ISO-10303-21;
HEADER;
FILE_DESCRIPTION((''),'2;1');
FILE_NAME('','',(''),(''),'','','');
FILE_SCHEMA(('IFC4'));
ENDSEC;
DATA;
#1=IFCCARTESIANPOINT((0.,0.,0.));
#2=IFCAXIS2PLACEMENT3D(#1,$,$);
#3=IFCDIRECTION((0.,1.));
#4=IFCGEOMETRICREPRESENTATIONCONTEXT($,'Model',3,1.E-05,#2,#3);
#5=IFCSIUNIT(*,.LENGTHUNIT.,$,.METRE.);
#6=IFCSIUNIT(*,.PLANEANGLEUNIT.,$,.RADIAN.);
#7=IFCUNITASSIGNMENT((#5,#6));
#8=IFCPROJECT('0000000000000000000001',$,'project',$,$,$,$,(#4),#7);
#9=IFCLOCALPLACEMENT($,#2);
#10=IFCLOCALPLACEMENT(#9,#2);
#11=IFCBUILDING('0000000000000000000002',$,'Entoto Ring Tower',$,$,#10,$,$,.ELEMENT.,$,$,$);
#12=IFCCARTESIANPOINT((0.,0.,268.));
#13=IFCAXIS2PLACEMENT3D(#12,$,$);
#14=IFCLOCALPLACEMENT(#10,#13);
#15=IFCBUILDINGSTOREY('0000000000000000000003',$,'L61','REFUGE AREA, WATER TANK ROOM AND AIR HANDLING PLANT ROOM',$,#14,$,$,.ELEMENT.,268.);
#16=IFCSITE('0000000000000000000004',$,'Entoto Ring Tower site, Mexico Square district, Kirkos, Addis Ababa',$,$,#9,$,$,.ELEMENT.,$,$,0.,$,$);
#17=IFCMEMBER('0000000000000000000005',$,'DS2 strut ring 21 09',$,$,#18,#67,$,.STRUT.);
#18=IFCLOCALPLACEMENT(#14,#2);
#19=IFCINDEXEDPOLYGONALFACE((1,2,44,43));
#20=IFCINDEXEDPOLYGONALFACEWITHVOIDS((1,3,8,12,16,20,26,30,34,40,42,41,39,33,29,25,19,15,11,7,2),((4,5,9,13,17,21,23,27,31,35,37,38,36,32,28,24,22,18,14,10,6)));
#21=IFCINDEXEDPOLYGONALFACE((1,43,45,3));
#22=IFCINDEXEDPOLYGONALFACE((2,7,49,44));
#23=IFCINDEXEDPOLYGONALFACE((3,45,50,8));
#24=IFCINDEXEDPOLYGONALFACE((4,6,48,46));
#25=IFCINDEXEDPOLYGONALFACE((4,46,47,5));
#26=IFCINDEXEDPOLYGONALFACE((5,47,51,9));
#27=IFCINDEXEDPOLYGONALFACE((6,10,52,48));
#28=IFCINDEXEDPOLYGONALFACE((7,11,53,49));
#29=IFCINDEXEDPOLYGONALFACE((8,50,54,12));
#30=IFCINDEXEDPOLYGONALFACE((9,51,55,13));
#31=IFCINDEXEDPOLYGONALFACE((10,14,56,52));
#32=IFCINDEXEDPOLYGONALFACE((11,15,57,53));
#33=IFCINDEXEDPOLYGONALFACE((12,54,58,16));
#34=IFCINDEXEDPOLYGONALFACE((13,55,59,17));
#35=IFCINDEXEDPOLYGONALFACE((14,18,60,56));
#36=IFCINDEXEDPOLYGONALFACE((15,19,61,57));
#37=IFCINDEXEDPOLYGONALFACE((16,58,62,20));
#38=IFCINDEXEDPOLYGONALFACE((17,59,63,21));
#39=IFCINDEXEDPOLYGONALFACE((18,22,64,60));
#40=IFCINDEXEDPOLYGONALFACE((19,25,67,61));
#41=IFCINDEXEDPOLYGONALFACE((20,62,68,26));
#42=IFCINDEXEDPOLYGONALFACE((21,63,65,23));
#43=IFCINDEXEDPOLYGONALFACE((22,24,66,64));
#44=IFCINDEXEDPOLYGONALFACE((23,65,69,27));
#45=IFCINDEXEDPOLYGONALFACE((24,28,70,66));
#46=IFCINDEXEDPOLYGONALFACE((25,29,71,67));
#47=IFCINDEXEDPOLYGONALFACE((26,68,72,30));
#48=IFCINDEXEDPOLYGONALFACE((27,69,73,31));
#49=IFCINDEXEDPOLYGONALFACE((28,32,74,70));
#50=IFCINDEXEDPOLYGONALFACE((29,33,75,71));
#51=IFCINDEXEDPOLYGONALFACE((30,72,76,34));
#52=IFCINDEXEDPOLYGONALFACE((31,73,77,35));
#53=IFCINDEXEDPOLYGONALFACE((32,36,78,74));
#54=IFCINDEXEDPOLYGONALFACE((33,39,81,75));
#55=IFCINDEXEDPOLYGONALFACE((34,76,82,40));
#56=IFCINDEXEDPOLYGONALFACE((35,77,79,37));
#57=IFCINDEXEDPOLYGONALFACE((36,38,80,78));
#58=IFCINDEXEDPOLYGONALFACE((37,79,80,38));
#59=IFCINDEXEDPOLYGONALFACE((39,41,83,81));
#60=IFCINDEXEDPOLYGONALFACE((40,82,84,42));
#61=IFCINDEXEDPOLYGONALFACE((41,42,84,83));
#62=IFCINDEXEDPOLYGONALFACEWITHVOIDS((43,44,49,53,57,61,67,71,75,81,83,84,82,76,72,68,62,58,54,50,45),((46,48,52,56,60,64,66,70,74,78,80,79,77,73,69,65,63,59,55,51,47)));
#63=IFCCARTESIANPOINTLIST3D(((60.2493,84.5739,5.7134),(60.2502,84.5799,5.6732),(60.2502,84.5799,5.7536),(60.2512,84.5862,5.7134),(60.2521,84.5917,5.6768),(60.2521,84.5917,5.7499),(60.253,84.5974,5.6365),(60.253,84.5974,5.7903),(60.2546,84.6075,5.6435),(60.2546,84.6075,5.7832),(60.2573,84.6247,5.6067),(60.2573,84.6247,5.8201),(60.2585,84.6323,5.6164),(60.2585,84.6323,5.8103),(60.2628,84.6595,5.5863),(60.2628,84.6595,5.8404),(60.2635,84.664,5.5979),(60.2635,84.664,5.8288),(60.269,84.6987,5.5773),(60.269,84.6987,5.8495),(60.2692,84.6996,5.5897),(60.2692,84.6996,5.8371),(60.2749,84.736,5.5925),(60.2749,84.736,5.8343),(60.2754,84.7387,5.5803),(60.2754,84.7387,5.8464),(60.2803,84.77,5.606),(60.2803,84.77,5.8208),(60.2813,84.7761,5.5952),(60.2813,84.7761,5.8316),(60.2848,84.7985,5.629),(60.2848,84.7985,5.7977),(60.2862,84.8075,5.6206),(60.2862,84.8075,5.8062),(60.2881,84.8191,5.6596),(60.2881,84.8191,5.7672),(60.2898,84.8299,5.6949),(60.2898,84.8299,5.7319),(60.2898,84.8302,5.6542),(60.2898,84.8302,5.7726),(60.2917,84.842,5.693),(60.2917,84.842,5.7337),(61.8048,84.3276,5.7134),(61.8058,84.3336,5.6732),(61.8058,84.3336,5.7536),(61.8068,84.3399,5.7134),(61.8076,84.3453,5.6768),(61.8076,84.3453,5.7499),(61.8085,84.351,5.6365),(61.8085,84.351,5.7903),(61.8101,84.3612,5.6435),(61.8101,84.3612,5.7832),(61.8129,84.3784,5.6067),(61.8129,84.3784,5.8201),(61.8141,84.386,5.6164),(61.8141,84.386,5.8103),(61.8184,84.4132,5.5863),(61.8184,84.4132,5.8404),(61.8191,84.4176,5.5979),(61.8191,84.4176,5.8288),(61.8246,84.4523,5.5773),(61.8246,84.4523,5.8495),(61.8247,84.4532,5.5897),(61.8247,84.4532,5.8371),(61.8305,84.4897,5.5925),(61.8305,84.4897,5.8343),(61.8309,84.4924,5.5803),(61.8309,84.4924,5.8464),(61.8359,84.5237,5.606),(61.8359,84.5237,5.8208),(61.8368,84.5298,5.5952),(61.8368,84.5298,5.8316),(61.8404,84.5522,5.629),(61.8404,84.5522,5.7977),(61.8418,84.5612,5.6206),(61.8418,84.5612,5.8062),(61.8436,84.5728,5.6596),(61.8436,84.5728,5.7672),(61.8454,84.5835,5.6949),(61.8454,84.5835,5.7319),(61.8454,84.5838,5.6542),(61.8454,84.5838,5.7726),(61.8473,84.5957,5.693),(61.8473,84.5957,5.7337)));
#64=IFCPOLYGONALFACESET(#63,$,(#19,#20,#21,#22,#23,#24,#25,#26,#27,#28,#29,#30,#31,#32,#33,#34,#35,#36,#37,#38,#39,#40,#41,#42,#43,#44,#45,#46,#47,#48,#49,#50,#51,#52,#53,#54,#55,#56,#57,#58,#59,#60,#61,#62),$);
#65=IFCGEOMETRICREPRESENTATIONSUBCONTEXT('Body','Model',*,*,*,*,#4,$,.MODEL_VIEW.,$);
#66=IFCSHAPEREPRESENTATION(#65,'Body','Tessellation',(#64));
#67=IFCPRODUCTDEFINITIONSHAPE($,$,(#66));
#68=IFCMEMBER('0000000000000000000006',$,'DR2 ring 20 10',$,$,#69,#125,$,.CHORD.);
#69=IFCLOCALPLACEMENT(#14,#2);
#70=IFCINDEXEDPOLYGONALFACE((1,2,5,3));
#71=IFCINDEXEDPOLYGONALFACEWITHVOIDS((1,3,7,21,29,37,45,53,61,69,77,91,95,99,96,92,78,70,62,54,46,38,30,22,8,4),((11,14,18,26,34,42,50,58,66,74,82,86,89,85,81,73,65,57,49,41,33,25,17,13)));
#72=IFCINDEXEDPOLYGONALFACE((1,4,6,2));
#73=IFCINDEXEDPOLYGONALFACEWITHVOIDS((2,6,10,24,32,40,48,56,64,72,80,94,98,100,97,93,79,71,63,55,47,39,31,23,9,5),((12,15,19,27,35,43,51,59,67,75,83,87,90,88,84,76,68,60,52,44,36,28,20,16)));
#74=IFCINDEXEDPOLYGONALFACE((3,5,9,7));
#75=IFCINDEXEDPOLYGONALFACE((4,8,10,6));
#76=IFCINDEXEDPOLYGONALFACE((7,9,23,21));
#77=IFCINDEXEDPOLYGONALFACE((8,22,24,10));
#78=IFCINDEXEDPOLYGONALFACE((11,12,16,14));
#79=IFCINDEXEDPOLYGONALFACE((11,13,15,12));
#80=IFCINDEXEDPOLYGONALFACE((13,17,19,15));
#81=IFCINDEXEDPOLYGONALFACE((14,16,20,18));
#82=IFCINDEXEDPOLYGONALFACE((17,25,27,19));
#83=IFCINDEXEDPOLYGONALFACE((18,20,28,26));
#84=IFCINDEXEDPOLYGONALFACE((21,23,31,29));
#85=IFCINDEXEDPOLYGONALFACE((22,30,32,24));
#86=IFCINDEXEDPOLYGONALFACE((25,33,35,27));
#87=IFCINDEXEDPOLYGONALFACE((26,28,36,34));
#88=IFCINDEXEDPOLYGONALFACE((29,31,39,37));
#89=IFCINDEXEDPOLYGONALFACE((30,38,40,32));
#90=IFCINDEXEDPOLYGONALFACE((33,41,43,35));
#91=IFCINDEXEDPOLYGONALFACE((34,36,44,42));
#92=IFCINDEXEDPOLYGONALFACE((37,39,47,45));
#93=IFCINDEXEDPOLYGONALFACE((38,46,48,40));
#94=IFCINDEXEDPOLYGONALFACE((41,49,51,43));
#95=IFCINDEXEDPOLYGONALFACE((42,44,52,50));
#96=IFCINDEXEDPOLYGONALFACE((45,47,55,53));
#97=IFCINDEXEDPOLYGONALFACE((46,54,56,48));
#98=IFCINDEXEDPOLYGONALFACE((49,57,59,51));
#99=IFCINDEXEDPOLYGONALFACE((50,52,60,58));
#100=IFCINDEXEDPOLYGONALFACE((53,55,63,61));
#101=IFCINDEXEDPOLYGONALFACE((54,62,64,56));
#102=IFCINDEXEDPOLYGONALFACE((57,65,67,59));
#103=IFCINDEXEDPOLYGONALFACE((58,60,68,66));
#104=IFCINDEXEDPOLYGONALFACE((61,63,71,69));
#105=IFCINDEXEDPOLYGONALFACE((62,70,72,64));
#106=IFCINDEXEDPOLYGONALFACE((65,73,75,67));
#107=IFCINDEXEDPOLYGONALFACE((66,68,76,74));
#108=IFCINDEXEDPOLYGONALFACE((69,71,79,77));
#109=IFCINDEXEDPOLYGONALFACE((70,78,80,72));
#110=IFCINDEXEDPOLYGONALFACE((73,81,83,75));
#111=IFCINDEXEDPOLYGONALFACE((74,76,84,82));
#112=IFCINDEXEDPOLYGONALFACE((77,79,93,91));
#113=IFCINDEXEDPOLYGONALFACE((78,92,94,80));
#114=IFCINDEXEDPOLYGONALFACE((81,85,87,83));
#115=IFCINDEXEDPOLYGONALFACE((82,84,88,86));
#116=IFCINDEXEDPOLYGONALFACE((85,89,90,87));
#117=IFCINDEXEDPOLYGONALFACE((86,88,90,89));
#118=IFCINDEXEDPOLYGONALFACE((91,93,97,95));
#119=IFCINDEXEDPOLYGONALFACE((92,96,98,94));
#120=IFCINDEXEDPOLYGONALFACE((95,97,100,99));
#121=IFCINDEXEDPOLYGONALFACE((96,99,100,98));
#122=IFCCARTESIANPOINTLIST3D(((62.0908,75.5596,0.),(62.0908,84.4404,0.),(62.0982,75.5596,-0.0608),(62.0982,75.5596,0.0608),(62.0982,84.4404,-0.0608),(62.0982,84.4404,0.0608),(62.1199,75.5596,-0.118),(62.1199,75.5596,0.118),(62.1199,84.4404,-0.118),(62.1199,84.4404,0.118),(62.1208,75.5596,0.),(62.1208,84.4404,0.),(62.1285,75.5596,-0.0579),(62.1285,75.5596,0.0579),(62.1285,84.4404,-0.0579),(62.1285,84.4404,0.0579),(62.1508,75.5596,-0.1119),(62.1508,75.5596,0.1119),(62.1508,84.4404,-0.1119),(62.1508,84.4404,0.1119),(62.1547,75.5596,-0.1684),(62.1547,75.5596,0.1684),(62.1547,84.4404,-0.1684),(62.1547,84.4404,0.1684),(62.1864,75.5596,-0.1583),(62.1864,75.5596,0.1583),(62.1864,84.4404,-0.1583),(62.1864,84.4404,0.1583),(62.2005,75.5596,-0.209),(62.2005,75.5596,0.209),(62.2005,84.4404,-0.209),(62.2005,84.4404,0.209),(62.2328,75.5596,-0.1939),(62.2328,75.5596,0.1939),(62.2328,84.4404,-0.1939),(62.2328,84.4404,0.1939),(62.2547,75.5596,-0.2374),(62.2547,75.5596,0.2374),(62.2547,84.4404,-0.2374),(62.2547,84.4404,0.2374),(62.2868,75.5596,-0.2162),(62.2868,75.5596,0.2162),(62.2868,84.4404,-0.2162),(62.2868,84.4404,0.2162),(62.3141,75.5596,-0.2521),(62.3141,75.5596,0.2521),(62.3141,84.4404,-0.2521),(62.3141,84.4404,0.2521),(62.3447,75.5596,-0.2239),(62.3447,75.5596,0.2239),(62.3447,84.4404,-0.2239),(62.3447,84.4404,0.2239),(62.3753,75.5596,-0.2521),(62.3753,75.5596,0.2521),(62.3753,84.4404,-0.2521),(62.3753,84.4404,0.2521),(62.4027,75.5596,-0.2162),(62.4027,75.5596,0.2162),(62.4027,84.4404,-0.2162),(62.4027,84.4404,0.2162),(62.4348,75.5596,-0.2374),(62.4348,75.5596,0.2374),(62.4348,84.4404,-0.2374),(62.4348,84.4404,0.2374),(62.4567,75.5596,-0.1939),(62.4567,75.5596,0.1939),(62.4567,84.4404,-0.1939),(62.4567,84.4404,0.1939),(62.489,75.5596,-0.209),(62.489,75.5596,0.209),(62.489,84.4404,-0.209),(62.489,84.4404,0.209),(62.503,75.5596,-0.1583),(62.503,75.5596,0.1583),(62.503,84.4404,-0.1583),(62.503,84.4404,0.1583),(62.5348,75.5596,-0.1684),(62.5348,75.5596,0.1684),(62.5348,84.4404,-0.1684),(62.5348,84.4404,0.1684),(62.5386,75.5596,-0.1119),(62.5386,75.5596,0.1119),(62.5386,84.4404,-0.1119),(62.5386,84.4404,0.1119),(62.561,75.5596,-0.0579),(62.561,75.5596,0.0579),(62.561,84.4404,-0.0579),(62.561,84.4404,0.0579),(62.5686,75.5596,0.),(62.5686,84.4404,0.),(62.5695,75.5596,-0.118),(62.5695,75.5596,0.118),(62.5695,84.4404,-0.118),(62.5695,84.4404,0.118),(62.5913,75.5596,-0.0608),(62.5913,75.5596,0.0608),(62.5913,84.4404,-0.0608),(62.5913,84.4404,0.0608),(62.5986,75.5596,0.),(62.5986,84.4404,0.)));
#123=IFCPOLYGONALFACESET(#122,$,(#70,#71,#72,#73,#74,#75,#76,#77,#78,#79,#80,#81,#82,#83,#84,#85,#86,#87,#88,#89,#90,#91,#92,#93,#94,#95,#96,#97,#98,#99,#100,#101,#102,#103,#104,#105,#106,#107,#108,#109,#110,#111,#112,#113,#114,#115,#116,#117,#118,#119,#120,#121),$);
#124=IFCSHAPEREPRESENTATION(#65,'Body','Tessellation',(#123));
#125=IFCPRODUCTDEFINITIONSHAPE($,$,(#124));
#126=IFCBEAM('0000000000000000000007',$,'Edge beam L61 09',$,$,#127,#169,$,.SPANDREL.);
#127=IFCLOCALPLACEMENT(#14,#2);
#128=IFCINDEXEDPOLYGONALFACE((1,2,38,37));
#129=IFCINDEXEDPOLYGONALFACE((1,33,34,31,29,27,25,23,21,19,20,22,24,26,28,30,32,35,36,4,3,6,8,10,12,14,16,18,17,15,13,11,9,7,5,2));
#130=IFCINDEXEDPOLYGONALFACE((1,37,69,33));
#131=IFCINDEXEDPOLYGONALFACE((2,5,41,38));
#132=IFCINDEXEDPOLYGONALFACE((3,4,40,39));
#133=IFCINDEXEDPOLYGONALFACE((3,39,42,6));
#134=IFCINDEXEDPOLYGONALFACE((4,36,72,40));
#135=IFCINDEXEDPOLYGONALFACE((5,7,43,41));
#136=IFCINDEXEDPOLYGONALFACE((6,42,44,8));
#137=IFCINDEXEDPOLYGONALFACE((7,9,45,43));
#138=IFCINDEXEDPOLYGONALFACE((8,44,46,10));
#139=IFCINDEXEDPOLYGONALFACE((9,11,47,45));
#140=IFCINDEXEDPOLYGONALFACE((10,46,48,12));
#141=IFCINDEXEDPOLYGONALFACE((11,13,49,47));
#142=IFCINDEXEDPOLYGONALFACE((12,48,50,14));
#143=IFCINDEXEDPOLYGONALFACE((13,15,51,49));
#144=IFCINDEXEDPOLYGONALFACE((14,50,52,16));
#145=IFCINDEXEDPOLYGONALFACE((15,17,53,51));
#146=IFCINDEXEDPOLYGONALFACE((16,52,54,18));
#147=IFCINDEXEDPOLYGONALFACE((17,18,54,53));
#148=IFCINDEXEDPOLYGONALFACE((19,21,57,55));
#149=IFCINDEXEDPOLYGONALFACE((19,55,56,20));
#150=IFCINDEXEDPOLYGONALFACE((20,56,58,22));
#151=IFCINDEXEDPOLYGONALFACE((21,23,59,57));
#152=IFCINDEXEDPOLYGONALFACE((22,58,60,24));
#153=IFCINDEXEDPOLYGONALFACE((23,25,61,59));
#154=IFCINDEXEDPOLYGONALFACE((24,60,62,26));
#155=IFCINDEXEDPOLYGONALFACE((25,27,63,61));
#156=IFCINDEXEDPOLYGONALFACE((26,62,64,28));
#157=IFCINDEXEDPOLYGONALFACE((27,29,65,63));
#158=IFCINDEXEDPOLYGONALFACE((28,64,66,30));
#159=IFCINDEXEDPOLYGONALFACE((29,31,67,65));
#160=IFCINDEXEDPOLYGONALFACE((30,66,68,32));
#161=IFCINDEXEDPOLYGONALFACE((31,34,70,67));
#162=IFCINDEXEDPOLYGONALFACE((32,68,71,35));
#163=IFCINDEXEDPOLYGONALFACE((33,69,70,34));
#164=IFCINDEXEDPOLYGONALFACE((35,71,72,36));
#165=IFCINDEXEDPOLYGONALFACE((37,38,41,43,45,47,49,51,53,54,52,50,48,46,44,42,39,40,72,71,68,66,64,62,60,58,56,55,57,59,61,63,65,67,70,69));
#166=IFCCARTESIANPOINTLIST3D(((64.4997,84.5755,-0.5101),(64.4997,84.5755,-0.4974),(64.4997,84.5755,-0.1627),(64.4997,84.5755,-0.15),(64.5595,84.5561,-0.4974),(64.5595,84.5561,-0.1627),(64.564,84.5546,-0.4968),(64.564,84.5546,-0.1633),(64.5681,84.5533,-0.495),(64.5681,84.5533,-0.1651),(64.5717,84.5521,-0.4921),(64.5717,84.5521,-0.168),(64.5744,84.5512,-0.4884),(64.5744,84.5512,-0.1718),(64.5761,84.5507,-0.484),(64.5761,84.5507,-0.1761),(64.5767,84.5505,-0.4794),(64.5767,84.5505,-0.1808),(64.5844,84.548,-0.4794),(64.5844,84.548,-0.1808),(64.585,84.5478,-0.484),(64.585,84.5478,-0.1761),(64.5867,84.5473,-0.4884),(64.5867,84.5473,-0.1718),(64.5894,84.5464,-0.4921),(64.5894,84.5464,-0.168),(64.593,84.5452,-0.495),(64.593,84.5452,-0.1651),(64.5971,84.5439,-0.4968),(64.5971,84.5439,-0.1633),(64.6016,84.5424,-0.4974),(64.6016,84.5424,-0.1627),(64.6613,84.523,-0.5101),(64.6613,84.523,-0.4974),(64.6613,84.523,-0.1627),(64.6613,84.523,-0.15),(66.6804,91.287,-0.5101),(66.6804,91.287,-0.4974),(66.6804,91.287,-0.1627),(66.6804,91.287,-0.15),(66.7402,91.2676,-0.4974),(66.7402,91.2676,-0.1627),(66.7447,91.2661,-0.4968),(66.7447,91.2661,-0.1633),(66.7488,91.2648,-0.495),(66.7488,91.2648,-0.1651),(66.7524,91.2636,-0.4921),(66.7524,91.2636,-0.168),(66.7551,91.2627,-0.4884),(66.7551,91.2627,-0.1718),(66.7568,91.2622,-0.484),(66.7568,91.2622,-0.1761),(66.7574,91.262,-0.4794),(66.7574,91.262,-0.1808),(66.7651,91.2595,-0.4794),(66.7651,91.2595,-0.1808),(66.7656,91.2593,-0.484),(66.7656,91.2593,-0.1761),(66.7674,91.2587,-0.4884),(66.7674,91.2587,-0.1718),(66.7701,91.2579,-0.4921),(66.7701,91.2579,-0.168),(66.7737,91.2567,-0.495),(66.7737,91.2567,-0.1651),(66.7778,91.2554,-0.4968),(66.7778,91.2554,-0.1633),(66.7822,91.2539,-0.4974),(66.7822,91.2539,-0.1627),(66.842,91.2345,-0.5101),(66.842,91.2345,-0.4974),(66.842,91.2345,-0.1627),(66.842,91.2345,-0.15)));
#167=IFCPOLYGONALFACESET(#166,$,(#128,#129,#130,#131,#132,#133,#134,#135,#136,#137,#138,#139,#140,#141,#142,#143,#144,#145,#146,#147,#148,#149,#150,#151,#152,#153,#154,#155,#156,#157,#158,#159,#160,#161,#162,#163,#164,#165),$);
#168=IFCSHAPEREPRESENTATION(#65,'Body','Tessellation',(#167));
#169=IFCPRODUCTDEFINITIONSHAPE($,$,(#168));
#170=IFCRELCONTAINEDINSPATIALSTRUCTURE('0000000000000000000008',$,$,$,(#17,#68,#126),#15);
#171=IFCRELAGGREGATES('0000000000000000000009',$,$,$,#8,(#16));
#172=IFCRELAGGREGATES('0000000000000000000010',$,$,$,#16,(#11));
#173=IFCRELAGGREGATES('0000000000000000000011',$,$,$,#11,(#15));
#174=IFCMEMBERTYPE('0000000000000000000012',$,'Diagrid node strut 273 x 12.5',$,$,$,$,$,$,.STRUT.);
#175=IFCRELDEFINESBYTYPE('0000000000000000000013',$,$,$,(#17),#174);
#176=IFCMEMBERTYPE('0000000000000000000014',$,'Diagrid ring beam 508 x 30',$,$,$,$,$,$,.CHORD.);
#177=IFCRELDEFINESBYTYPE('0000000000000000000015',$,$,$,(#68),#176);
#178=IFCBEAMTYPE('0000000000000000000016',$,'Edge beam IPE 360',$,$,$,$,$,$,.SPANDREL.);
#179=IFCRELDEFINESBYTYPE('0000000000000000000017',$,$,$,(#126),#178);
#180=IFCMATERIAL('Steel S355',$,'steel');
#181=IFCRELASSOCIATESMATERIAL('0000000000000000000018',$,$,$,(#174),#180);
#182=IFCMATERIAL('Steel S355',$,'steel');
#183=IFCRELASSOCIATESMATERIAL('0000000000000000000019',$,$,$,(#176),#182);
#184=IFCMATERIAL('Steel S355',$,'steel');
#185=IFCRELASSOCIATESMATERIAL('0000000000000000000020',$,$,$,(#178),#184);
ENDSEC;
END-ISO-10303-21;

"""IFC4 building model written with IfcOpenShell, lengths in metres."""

from ifc_helpers import new_model, si_unit, direction, frame, origin, origin_2d, place, context, subcontext, project, spatial, circle, hollow_circle, i_section, extrude, material, material_profile, profile_set, type_object, element, save


model = new_model("IFC4")

# Units and contexts
model_context = context("Model", 3, precision=1e-05, world=origin(), true_north=direction((0.0, 1.0)))
body_context = subcontext(model_context, "Body", "Model", "MODEL_VIEW")
ifc_project = project(units=[si_unit("LENGTHUNIT", "METRE"), si_unit("PLANEANGLEUNIT", "RADIAN")], contexts=[model_context])

# Site, building, storey
site_placement = place(None, origin())
site = spatial("IfcSite", under=ifc_project, at=site_placement, Name="Entoto Ring Tower site, Mexico Square district, Kirkos, Addis Ababa", CompositionType="ELEMENT", RefElevation=0.0)
building_placement = place(site_placement, origin())
building = spatial("IfcBuilding", under=site, at=building_placement, Name="Entoto Ring Tower", CompositionType="ELEMENT")
storey_placement = place(building_placement, frame((0.0, 0.0, 268.0)))
storey = spatial("IfcBuildingStorey", under=building, at=storey_placement, Name="L61", Description="REFUGE AREA, WATER TANK ROOM AND AIR HANDLING PLANT ROOM", CompositionType="ELEMENT", Elevation=268.0)

# Members
ifc_material_1 = material(Name="Steel S355", Category="steel")
ifc_material_profile_1 = material_profile(ifc_material_1, hollow_circle(Radius=0.1365, WallThickness=0.0125, at=origin_2d()), Name="CHS 273 x 12.5")
ifc_material_2 = material(Name="Concrete C60/75", Category="concrete")
ifc_material_profile_2 = material_profile(ifc_material_2, circle(Radius=0.124, at=origin_2d()), Name="Concrete C60/75 infill")
ifc_profile_set_1 = profile_set([ifc_material_profile_1, ifc_material_profile_2], Name="Steel S355")
member_type_1 = type_object("IfcMemberType", Name="Diagrid node strut 273 x 12.5", PredefinedType="STRUT", material=ifc_profile_set_1)
member_1_placement = place(storey_placement, frame((61.8262, 84.4624, 5.7134), z_axis=(-0.987694, 0.1564, 0.0), x_axis=(-0.1564, -0.987694, 0.0)))
element("IfcMember", 1, at=member_1_placement, inside=storey, type_object=member_type_1, Name="DS2 strut ring 21 09", PredefinedType="STRUT", context=body_context, shape_type="SweptSolid", body=[
    extrude(hollow_circle(Radius=0.1365, WallThickness=0.0125, at=origin_2d()), origin(), (0.0, 0.0, 1.0), 1.575),
])
ifc_material_3 = material(Name="Steel S355", Category="steel")
ifc_material_profile_3 = material_profile(ifc_material_3, hollow_circle(Radius=0.2539, WallThickness=0.03, at=origin_2d()), Name="CHS 508 x 30")
ifc_material_4 = material(Name="Concrete C60/75", Category="concrete")
ifc_material_profile_4 = material_profile(ifc_material_4, circle(Radius=0.2241, at=origin_2d()), Name="Concrete C60/75 infill")
ifc_profile_set_2 = profile_set([ifc_material_profile_3, ifc_material_profile_4], Name="Steel S355")
member_type_2 = type_object("IfcMemberType", Name="Diagrid ring beam 508 x 30", PredefinedType="CHORD", material=ifc_profile_set_2)
member_2_placement = place(storey_placement, frame((62.3447, 84.4404, 0.0), z_axis=(0.0, -1.0, 0.0), x_axis=(1.0, 0.0, 0.0)))
element("IfcMember", 2, at=member_2_placement, inside=storey, type_object=member_type_2, Name="DR2 ring 20 10", PredefinedType="CHORD", context=body_context, shape_type="SweptSolid", body=[
    extrude(hollow_circle(Radius=0.2539, WallThickness=0.03, at=origin_2d()), origin(), (0.0, 0.0, 1.0), 8.8809),
])

# Beam
ifc_material_5 = material(Name="Steel S355", Category="steel")
ifc_material_profile_5 = material_profile(ifc_material_5, i_section(OverallWidth=0.1699, OverallDepth=0.3601, WebThickness=0.0081, FlangeThickness=0.0127, FilletRadius=0.0181, at=origin_2d()), Name="IPE 360")
ifc_profile_set_3 = profile_set([ifc_material_profile_5], Name="Steel S355")
beam_type = type_object("IfcBeamType", Name="Edge beam IPE 360", PredefinedType="SPANDREL", material=ifc_profile_set_3)
beam_1_placement = place(storey_placement, frame((66.7612, 91.2607, -0.3301), z_axis=(-0.309016, -0.951057, 0.0), x_axis=(0.951057, -0.309016, 0.0)))
element("IfcBeam", 3, at=beam_1_placement, inside=storey, type_object=beam_type, Name="Edge beam L61 09", PredefinedType="SPANDREL", context=body_context, shape_type="SweptSolid", body=[
    extrude(i_section(OverallWidth=0.1699, OverallDepth=0.3601, WebThickness=0.0081, FlangeThickness=0.0127, FilletRadius=0.0181, at=origin_2d()), origin(), (0.0, 0.0, 1.0), 7.0569),
])

save(model, "model.ifc")
